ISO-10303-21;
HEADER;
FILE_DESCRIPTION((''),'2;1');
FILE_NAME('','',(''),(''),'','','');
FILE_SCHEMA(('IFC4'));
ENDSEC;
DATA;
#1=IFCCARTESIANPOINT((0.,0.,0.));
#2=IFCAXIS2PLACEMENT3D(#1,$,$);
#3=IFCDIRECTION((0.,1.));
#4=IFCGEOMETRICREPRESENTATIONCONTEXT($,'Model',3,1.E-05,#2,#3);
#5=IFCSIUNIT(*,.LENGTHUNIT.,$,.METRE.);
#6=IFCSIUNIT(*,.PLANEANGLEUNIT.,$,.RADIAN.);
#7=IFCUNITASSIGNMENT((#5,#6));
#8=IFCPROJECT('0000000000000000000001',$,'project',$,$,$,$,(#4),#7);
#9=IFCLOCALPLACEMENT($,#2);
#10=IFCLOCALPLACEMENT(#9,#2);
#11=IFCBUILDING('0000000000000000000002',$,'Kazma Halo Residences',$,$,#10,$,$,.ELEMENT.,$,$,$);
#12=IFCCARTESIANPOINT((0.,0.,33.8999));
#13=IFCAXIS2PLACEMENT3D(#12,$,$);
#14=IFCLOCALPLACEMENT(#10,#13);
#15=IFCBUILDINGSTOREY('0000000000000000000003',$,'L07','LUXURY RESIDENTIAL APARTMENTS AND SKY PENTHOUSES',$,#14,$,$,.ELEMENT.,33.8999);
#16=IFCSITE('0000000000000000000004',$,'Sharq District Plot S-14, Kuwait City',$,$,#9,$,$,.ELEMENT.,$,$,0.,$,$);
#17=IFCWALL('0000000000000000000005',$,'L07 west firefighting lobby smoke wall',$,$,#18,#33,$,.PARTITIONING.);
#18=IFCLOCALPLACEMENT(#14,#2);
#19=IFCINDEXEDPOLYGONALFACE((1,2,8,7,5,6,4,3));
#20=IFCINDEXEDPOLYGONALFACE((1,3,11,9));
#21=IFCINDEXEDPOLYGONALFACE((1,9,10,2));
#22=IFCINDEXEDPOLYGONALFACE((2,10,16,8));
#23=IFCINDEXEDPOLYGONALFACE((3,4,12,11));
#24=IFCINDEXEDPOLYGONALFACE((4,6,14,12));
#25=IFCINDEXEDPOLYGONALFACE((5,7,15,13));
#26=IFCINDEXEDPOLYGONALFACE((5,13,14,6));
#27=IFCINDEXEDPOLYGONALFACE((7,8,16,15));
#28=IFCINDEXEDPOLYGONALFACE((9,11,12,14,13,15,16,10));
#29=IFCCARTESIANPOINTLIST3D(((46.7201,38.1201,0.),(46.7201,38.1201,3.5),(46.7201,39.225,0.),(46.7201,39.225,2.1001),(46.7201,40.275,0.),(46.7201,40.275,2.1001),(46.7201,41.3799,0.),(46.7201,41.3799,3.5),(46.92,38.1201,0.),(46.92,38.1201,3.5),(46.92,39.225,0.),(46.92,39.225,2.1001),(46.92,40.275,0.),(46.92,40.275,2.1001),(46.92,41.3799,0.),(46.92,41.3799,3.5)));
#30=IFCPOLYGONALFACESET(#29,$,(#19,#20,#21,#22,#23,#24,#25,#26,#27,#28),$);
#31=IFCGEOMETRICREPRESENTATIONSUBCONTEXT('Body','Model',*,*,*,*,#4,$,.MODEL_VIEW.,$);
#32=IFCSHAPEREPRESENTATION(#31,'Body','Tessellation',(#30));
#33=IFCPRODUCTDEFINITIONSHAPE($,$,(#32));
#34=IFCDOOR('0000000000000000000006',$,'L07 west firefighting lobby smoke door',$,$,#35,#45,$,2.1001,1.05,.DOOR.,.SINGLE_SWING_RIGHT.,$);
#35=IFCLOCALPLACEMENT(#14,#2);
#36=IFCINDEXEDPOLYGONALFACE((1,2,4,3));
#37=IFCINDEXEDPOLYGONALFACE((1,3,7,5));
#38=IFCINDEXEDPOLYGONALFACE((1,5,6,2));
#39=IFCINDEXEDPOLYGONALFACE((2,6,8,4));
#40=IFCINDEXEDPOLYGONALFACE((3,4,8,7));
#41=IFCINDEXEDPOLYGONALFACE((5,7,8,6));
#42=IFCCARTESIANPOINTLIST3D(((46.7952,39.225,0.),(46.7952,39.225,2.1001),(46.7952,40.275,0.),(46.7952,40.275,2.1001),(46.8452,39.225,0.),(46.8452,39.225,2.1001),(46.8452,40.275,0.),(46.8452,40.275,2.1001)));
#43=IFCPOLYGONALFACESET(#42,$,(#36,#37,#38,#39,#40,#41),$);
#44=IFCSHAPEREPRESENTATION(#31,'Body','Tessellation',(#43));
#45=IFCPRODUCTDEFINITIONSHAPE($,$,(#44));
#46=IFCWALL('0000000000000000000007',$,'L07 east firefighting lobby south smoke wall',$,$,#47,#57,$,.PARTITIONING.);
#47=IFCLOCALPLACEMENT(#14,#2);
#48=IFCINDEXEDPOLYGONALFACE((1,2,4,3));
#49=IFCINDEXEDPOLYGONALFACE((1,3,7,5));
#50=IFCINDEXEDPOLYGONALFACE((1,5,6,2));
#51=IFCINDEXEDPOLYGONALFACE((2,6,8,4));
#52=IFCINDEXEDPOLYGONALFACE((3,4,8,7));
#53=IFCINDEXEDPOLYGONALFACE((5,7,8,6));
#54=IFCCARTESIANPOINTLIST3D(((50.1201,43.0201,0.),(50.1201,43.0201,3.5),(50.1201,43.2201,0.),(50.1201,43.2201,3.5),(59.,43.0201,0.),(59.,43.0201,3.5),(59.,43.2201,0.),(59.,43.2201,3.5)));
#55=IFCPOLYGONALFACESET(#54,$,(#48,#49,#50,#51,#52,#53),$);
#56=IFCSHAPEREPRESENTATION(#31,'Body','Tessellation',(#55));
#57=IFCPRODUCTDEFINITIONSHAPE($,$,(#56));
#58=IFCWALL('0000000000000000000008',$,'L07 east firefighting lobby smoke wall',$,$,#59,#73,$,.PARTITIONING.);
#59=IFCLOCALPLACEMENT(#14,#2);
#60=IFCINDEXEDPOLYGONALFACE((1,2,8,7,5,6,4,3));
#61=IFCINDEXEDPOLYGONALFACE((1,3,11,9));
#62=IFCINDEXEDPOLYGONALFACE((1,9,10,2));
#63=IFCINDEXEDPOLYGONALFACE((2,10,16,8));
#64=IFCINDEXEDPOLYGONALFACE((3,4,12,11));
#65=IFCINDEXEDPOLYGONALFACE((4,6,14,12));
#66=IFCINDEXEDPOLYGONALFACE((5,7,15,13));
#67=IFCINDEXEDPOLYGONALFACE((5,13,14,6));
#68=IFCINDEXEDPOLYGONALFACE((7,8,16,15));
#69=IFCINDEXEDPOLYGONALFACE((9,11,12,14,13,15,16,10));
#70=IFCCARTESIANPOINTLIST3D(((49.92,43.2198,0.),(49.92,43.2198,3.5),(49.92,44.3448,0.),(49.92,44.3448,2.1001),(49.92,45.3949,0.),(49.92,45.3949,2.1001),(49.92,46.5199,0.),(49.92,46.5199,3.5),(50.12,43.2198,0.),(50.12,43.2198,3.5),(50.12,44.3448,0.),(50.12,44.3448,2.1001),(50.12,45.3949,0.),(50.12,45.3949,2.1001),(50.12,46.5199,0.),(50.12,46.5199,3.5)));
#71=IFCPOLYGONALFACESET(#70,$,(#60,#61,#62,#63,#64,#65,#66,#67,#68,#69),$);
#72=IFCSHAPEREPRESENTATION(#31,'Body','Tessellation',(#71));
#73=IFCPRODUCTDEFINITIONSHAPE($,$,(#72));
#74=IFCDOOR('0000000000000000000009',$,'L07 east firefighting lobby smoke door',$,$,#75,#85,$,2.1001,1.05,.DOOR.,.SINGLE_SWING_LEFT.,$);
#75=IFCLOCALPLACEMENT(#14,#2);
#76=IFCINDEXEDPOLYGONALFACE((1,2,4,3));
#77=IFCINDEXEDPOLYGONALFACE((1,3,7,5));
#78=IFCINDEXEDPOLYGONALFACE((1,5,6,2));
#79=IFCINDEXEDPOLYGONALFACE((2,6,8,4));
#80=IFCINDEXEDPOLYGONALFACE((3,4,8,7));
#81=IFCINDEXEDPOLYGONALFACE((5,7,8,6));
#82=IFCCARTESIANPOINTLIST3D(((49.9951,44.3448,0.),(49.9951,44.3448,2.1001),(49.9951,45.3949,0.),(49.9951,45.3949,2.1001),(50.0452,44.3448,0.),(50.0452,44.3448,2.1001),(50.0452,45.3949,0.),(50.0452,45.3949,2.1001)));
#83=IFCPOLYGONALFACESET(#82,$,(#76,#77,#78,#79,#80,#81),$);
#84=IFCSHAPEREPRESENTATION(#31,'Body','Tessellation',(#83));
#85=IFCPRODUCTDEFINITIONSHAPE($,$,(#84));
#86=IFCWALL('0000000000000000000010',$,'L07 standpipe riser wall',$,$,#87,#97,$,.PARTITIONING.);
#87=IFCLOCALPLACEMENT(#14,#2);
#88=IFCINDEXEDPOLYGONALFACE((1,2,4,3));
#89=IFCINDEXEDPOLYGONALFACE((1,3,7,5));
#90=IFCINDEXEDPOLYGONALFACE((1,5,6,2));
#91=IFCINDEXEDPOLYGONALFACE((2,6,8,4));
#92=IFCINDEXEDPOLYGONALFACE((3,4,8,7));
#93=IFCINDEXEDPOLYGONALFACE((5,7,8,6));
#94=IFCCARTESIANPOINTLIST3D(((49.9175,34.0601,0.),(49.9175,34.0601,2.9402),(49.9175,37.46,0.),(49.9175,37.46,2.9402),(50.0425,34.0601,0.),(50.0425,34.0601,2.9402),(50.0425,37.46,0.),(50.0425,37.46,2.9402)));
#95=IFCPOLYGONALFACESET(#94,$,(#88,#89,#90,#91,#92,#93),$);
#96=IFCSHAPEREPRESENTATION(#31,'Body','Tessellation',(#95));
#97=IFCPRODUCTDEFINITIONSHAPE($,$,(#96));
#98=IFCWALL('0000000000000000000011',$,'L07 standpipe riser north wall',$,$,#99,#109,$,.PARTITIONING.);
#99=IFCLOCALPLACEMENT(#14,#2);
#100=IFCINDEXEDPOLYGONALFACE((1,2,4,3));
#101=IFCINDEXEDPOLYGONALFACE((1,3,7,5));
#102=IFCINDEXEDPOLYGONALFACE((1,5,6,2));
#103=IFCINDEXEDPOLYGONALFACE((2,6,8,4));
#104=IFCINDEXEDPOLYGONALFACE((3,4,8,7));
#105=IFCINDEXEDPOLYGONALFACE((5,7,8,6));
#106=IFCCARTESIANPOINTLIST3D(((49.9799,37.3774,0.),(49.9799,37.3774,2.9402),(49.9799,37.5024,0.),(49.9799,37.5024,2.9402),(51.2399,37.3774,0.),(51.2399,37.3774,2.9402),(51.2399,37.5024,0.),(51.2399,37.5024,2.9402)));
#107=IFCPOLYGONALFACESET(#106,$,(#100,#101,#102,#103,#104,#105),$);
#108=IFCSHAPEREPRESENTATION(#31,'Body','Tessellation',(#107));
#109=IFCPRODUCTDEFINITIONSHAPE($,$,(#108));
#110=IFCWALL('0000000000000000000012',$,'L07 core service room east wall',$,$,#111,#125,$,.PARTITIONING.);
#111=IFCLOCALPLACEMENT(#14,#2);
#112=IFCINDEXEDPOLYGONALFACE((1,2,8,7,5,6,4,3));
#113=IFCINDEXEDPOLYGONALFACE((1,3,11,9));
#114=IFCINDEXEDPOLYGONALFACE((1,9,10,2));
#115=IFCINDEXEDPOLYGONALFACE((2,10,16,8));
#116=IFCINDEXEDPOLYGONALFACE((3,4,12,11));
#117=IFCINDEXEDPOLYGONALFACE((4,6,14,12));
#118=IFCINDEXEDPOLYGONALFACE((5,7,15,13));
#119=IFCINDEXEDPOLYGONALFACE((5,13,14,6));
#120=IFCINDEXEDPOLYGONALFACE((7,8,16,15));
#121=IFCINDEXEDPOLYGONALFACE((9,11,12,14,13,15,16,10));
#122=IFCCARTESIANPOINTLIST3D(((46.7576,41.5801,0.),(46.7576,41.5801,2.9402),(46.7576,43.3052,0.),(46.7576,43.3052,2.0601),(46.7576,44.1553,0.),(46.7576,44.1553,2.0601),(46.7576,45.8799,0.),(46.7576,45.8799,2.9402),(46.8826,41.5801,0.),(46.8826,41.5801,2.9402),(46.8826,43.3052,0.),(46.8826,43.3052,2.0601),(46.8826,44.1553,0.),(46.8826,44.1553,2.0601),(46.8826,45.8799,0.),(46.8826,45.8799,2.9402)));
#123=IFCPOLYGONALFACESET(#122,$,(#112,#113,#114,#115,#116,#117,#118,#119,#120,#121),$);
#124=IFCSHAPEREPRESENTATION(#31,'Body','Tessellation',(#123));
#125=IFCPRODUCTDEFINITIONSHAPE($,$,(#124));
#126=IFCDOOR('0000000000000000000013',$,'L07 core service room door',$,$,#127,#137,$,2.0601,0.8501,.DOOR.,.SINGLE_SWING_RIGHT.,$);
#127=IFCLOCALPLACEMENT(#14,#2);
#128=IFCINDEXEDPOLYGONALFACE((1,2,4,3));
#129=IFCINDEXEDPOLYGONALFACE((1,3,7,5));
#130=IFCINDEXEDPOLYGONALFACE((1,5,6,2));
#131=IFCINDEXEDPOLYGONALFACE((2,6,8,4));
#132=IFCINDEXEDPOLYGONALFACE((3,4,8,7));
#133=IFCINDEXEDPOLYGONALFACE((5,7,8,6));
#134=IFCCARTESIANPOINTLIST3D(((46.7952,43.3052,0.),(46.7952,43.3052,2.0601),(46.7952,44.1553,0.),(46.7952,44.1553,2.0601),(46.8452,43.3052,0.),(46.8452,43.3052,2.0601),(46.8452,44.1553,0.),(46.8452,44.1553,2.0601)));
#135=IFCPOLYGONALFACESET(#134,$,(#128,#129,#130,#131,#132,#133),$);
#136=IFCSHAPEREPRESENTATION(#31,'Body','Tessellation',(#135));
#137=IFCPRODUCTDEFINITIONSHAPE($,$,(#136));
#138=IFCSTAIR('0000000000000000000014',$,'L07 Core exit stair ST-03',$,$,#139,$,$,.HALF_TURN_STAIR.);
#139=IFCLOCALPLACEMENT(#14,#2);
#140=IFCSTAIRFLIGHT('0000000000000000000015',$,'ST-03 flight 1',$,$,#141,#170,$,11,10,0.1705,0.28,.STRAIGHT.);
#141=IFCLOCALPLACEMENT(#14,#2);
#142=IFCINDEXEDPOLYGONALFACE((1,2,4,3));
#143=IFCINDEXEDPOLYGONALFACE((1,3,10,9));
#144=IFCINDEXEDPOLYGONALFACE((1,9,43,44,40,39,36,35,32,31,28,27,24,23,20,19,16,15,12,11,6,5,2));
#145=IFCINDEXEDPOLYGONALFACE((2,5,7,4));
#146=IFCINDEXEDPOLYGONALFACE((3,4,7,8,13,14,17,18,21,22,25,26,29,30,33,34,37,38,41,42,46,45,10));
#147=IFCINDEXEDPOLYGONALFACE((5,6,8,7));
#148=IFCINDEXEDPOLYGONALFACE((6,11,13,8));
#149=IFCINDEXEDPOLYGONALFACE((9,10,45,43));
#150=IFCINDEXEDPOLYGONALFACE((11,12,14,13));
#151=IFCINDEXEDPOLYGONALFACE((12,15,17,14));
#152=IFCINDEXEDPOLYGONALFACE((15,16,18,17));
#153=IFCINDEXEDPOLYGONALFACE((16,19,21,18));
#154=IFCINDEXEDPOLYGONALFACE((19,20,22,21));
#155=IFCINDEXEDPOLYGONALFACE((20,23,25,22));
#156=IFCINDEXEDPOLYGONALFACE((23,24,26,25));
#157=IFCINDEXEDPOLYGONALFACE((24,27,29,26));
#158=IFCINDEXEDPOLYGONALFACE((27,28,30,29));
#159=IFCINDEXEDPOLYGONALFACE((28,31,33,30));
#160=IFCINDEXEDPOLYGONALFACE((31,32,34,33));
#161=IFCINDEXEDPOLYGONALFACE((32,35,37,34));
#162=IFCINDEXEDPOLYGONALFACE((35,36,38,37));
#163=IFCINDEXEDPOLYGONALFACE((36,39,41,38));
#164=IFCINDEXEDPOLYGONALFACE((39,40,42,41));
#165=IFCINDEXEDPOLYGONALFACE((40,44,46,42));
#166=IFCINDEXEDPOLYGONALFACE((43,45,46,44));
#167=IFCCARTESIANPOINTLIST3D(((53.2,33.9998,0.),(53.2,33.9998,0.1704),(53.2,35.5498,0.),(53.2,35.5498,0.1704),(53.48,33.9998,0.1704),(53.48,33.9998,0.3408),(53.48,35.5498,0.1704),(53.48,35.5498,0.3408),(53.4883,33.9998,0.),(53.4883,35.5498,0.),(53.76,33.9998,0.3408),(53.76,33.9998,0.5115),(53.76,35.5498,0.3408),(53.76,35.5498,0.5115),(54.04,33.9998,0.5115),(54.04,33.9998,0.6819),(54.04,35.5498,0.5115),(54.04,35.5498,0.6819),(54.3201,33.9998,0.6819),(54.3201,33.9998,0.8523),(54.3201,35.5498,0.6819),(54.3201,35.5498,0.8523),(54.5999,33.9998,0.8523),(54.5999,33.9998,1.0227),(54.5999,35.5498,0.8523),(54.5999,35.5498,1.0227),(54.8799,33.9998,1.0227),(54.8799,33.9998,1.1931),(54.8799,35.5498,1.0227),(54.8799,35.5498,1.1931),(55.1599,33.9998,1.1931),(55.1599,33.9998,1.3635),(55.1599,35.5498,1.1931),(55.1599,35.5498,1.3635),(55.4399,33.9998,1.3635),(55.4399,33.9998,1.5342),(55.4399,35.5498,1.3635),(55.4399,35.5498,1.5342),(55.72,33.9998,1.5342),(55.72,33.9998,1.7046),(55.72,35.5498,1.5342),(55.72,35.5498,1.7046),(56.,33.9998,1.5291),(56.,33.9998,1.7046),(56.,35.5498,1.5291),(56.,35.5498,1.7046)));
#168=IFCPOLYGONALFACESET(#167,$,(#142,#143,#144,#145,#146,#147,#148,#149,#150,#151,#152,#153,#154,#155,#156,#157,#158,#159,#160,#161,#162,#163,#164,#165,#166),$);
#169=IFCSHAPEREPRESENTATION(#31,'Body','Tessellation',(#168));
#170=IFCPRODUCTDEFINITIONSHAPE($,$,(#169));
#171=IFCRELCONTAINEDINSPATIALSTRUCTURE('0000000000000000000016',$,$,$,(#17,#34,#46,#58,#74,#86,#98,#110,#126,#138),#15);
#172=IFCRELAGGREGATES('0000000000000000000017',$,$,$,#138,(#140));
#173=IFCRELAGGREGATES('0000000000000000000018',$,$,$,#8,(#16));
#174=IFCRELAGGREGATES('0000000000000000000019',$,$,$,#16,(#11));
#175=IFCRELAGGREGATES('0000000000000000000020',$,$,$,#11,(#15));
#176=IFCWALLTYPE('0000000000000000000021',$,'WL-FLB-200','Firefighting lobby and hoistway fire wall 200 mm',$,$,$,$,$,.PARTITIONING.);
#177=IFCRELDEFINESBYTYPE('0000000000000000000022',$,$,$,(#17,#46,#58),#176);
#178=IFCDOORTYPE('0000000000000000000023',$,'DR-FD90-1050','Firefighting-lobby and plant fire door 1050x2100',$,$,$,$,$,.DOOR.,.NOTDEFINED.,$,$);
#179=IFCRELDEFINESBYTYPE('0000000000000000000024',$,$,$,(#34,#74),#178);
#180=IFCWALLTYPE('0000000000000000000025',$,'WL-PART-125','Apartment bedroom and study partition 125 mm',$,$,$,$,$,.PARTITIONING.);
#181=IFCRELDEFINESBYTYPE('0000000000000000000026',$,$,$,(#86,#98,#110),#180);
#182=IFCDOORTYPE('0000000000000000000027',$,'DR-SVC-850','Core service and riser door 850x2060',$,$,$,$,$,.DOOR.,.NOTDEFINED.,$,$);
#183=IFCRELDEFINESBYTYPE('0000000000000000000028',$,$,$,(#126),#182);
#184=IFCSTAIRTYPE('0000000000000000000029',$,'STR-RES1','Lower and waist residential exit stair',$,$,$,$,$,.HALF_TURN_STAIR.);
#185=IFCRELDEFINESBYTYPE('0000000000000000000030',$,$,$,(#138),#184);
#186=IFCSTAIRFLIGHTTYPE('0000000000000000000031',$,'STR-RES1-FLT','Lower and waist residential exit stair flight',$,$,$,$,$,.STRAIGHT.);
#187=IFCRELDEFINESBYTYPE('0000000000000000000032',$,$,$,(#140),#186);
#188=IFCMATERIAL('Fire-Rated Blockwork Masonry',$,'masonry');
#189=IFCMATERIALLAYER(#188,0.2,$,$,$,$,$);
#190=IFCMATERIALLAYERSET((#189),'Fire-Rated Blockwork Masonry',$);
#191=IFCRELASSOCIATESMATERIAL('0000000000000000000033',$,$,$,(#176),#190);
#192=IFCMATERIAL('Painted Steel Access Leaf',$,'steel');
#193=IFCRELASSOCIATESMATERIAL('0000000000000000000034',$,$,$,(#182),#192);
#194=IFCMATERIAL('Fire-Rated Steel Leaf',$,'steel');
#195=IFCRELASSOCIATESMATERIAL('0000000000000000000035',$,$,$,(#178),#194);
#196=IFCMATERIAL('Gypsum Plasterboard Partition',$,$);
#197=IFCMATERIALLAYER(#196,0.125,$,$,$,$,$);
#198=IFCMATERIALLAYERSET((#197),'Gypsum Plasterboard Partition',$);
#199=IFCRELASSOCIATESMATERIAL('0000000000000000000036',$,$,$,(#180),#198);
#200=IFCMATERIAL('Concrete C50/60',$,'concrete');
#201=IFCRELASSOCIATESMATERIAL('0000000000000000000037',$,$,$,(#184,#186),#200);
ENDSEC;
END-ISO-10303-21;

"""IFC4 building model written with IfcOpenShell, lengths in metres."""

from ifc_helpers import new_model, si_unit, direction, frame, frame_2d, origin, place, context, subcontext, project, spatial, polyline, rectangle, outline, extrude, material, layer, layer_set, type_object, element, fill, aggregate, save


model = new_model("IFC4")

# Units and contexts
model_context = context("Model", 3, precision=1e-05, world=origin(), true_north=direction((0.0, 1.0)))
body_context = subcontext(model_context, "Body", "Model", "MODEL_VIEW")
ifc_project = project(units=[si_unit("LENGTHUNIT", "METRE"), si_unit("PLANEANGLEUNIT", "RADIAN")], contexts=[model_context])

# Site, building, storey
site_placement = place(None, origin())
site = spatial("IfcSite", under=ifc_project, at=site_placement, Name="Sharq District Plot S-14, Kuwait City", CompositionType="ELEMENT", RefElevation=0.0)
building_placement = place(site_placement, origin())
building = spatial("IfcBuilding", under=site, at=building_placement, Name="Kazma Halo Residences", CompositionType="ELEMENT")
storey_placement = place(building_placement, frame((0.0, 0.0, 33.8999)))
storey = spatial("IfcBuildingStorey", under=building, at=storey_placement, Name="L07", Description="LUXURY RESIDENTIAL APARTMENTS AND SKY PENTHOUSES", CompositionType="ELEMENT", Elevation=33.8999)

# Shared definitions
ifc_material_1 = material(Name="Fire-Rated Blockwork Masonry", Category="masonry")
ifc_layer_1 = layer(ifc_material_1, 0.2)
ifc_layer_set_1 = layer_set([ifc_layer_1], Name="Fire-Rated Blockwork Masonry")
wall_type_1 = type_object("IfcWallType", Name="WL-FLB-200", Description="Firefighting lobby and hoistway fire wall 200 mm", PredefinedType="PARTITIONING", material=ifc_layer_set_1)

# Wall, opening, door
ifc_material_2 = material(Name="Painted Steel Access Leaf", Category="steel")
door_type_1 = type_object("IfcDoorType", Name="DR-SVC-850", Description="Core service and riser door 850x2060", OperationType="NOTDEFINED", PredefinedType="DOOR", material=ifc_material_2)
wall_1_placement = place(storey_placement, frame((46.8201, 38.1201, 0.0), z_axis=(0.0, 0.0, 1.0), x_axis=(0.0, 1.0, 0.0)))
wall_1 = element("IfcWall", 1, at=wall_1_placement, inside=storey, type_object=wall_type_1, Name="L07 west firefighting lobby smoke wall", PredefinedType="PARTITIONING", context=body_context, shape_type="SweptSolid", body=[
    extrude(rectangle(XDim=3.2598, YDim=0.2, at=frame_2d((1.6299, 0.0))), origin(), (0.0, 0.0, 1.0), 3.5),
])
opening_1_placement = place(wall_1_placement, frame((1.105, 0.0, 0.0)))
opening_1 = element("IfcOpeningElement", 2, at=opening_1_placement, cuts=wall_1, PredefinedType="OPENING", context=body_context, shape_type="SweptSolid", body=[
    extrude(rectangle(XDim=1.05, YDim=2.1001, at=frame_2d((0.5249, 1.05))), frame((0.0, 0.1099, 0.0), z_axis=(0.0, -1.0, 0.0), x_axis=(1.0, 0.0, 0.0)), (0.0, 0.0, 1.0), 0.22),
])
ifc_material_3 = material(Name="Fire-Rated Steel Leaf", Category="steel")
door_type_2 = type_object("IfcDoorType", Name="DR-FD90-1050", Description="Firefighting-lobby and plant fire door 1050x2100", OperationType="NOTDEFINED", PredefinedType="DOOR", material=ifc_material_3)
door_1_placement = place(opening_1_placement, origin())
door_1 = element("IfcDoor", 3, at=door_1_placement, inside=storey, type_object=door_type_2, Name="L07 west firefighting lobby smoke door", OperationType="SINGLE_SWING_RIGHT", OverallHeight=2.1001, OverallWidth=1.05, PredefinedType="DOOR", context=body_context, shape_type="SweptSolid", body=[
    extrude(rectangle(XDim=1.05, YDim=2.1001, at=frame_2d((0.5249, 1.05))), frame((0.0, 0.0249, 0.0), z_axis=(0.0, -1.0, 0.0), x_axis=(1.0, 0.0, 0.0)), (0.0, 0.0, 1.0), 0.05),
])
fill(opening_1, door_1)

# Wall
wall_2_placement = place(storey_placement, frame((50.1201, 43.1201, 0.0), z_axis=(0.0, 0.0, 1.0), x_axis=(1.0, 0.0, 0.0)))
element("IfcWall", 4, at=wall_2_placement, inside=storey, type_object=wall_type_1, Name="L07 east firefighting lobby south smoke wall", PredefinedType="PARTITIONING", context=body_context, shape_type="SweptSolid", body=[
    extrude(rectangle(XDim=8.8799, YDim=0.2, at=frame_2d((4.4399, 0.0))), origin(), (0.0, 0.0, 1.0), 3.5),
])

# Wall, opening, door
wall_3_placement = place(storey_placement, frame((50.02, 43.22, 0.0), z_axis=(0.0, 0.0, 1.0), x_axis=(0.0, 1.0, 0.0)))
wall_3 = element("IfcWall", 5, at=wall_3_placement, inside=storey, type_object=wall_type_1, Name="L07 east firefighting lobby smoke wall", PredefinedType="PARTITIONING", context=body_context, shape_type="SweptSolid", body=[
    extrude(rectangle(XDim=3.3, YDim=0.2, at=frame_2d((1.6499, 0.0))), origin(), (0.0, 0.0, 1.0), 3.5),
])
opening_2_placement = place(wall_3_placement, frame((1.125, 0.0, 0.0)))
opening_2 = element("IfcOpeningElement", 6, at=opening_2_placement, cuts=wall_3, PredefinedType="OPENING", context=body_context, shape_type="SweptSolid", body=[
    extrude(rectangle(XDim=1.05, YDim=2.1001, at=frame_2d((0.5249, 1.05))), frame((0.0, 0.1099, 0.0), z_axis=(0.0, -1.0, 0.0), x_axis=(1.0, 0.0, 0.0)), (0.0, 0.0, 1.0), 0.22),
])
door_2_placement = place(opening_2_placement, origin())
door_2 = element("IfcDoor", 7, at=door_2_placement, inside=storey, type_object=door_type_2, Name="L07 east firefighting lobby smoke door", OperationType="SINGLE_SWING_LEFT", OverallHeight=2.1001, OverallWidth=1.05, PredefinedType="DOOR", context=body_context, shape_type="SweptSolid", body=[
    extrude(rectangle(XDim=1.05, YDim=2.1001, at=frame_2d((0.5249, 1.05))), frame((0.0, 0.0249, 0.0), z_axis=(0.0, -1.0, 0.0), x_axis=(1.0, 0.0, 0.0)), (0.0, 0.0, 1.0), 0.05),
])
fill(opening_2, door_2)

# Walls
ifc_material_4 = material(Name="Gypsum Plasterboard Partition")
ifc_layer_2 = layer(ifc_material_4, 0.125)
ifc_layer_set_2 = layer_set([ifc_layer_2], Name="Gypsum Plasterboard Partition")
wall_type_2 = type_object("IfcWallType", Name="WL-PART-125", Description="Apartment bedroom and study partition 125 mm", PredefinedType="PARTITIONING", material=ifc_layer_set_2)
wall_4_placement = place(storey_placement, frame((49.98, 34.0601, 0.0), z_axis=(0.0, 0.0, 1.0), x_axis=(0.0, 1.0, 0.0)))
element("IfcWall", 8, at=wall_4_placement, inside=storey, type_object=wall_type_2, Name="L07 standpipe riser wall", PredefinedType="PARTITIONING", context=body_context, shape_type="SweptSolid", body=[
    extrude(rectangle(XDim=3.3999, YDim=0.125, at=frame_2d((1.7, 0.0))), origin(), (0.0, 0.0, 1.0), 2.9402),
])
wall_5_placement = place(storey_placement, frame((49.98, 37.4399, 0.0), z_axis=(0.0, 0.0, 1.0), x_axis=(1.0, 0.0, 0.0)))
element("IfcWall", 9, at=wall_5_placement, inside=storey, type_object=wall_type_2, Name="L07 standpipe riser north wall", PredefinedType="PARTITIONING", context=body_context, shape_type="SweptSolid", body=[
    extrude(rectangle(XDim=1.26, YDim=0.125, at=frame_2d((0.6299, 0.0))), origin(), (0.0, 0.0, 1.0), 2.9402),
])

# Wall, opening, door
wall_6_placement = place(storey_placement, frame((46.8201, 41.5801, 0.0), z_axis=(0.0, 0.0, 1.0), x_axis=(0.0, 1.0, 0.0)))
wall_6 = element("IfcWall", 10, at=wall_6_placement, inside=storey, type_object=wall_type_2, Name="L07 core service room east wall", PredefinedType="PARTITIONING", context=body_context, shape_type="SweptSolid", body=[
    extrude(rectangle(XDim=4.2998, YDim=0.125, at=frame_2d((2.1499, 0.0))), origin(), (0.0, 0.0, 1.0), 2.9402),
])
opening_3_placement = place(wall_6_placement, frame((1.7251, 0.0, 0.0)))
opening_3 = element("IfcOpeningElement", 11, at=opening_3_placement, cuts=wall_6, PredefinedType="OPENING", context=body_context, shape_type="SweptSolid", body=[
    extrude(rectangle(XDim=0.8501, YDim=2.0601, at=frame_2d((0.425, 1.03))), frame((0.0, 0.0725, 0.0), z_axis=(0.0, -1.0, 0.0), x_axis=(1.0, 0.0, 0.0)), (0.0, 0.0, 1.0), 0.145),
])
door_3_placement = place(opening_3_placement, origin())
door_3 = element("IfcDoor", 12, at=door_3_placement, inside=storey, type_object=door_type_1, Name="L07 core service room door", OperationType="SINGLE_SWING_RIGHT", OverallHeight=2.0601, OverallWidth=0.8501, PredefinedType="DOOR", context=body_context, shape_type="SweptSolid", body=[
    extrude(rectangle(XDim=0.8501, YDim=2.0601, at=frame_2d((0.425, 1.03))), frame((0.0, 0.0249, 0.0), z_axis=(0.0, -1.0, 0.0), x_axis=(1.0, 0.0, 0.0)), (0.0, 0.0, 1.0), 0.05),
])
fill(opening_3, door_3)
ifc_material_5 = material(Name="Concrete C50/60", Category="concrete")

# Stair, stair flight
stair_type = type_object("IfcStairType", Name="STR-RES1", Description="Lower and waist residential exit stair", PredefinedType="HALF_TURN_STAIR", material=ifc_material_5)
stair_placement = place(storey_placement, origin())
stair = element("IfcStair", 13, at=stair_placement, inside=storey, type_object=stair_type, Name="L07 Core exit stair ST-03", PredefinedType="HALF_TURN_STAIR")
stair_flight_type = type_object("IfcStairFlightType", Name="STR-RES1-FLT", Description="Lower and waist residential exit stair flight", PredefinedType="STRAIGHT", material=ifc_material_5)
stair_flight_1_placement = place(storey_placement, frame((53.2, 34.7749, 0.0), z_axis=(0.0, 0.0, 1.0), x_axis=(1.0, 0.0, 0.0)))
stair_flight_1 = element("IfcStairFlight", 14, at=stair_flight_1_placement, type_object=stair_flight_type, Name="ST-03 flight 1", NumberOfRisers=11, NumberOfTreads=10, PredefinedType="STRAIGHT", RiserHeight=0.1705, TreadLength=0.28, context=body_context, shape_type="SweptSolid", body=[
    extrude(outline(polyline([(0.0, 0.0), (0.0, 0.1704), (0.28, 0.1704), (0.28, 0.3408), (0.5601, 0.3408), (0.5601, 0.5115), (0.8401, 0.5115), (0.8401, 0.6819), (1.1201, 0.6819), (1.1201, 0.8523), (1.3999, 0.8523), (1.3999, 1.0227), (1.6799, 1.0227), (1.6799, 1.1931), (1.96, 1.1931), (1.96, 1.3635), (2.24, 1.3635), (2.24, 1.5342), (2.52, 1.5342), (2.52, 1.7046), (2.8, 1.7046), (2.8, 1.875), (2.8, 1.5291), (0.2883, 0.0), (0.0, 0.0)])), frame((0.0, 0.7749, 0.0), z_axis=(0.0, -1.0, 0.0), x_axis=(1.0, 0.0, 0.0)), (0.0, 0.0, 1.0), 1.55),
])
aggregate(stair, [stair_flight_1])

save(model, "model.ifc")
